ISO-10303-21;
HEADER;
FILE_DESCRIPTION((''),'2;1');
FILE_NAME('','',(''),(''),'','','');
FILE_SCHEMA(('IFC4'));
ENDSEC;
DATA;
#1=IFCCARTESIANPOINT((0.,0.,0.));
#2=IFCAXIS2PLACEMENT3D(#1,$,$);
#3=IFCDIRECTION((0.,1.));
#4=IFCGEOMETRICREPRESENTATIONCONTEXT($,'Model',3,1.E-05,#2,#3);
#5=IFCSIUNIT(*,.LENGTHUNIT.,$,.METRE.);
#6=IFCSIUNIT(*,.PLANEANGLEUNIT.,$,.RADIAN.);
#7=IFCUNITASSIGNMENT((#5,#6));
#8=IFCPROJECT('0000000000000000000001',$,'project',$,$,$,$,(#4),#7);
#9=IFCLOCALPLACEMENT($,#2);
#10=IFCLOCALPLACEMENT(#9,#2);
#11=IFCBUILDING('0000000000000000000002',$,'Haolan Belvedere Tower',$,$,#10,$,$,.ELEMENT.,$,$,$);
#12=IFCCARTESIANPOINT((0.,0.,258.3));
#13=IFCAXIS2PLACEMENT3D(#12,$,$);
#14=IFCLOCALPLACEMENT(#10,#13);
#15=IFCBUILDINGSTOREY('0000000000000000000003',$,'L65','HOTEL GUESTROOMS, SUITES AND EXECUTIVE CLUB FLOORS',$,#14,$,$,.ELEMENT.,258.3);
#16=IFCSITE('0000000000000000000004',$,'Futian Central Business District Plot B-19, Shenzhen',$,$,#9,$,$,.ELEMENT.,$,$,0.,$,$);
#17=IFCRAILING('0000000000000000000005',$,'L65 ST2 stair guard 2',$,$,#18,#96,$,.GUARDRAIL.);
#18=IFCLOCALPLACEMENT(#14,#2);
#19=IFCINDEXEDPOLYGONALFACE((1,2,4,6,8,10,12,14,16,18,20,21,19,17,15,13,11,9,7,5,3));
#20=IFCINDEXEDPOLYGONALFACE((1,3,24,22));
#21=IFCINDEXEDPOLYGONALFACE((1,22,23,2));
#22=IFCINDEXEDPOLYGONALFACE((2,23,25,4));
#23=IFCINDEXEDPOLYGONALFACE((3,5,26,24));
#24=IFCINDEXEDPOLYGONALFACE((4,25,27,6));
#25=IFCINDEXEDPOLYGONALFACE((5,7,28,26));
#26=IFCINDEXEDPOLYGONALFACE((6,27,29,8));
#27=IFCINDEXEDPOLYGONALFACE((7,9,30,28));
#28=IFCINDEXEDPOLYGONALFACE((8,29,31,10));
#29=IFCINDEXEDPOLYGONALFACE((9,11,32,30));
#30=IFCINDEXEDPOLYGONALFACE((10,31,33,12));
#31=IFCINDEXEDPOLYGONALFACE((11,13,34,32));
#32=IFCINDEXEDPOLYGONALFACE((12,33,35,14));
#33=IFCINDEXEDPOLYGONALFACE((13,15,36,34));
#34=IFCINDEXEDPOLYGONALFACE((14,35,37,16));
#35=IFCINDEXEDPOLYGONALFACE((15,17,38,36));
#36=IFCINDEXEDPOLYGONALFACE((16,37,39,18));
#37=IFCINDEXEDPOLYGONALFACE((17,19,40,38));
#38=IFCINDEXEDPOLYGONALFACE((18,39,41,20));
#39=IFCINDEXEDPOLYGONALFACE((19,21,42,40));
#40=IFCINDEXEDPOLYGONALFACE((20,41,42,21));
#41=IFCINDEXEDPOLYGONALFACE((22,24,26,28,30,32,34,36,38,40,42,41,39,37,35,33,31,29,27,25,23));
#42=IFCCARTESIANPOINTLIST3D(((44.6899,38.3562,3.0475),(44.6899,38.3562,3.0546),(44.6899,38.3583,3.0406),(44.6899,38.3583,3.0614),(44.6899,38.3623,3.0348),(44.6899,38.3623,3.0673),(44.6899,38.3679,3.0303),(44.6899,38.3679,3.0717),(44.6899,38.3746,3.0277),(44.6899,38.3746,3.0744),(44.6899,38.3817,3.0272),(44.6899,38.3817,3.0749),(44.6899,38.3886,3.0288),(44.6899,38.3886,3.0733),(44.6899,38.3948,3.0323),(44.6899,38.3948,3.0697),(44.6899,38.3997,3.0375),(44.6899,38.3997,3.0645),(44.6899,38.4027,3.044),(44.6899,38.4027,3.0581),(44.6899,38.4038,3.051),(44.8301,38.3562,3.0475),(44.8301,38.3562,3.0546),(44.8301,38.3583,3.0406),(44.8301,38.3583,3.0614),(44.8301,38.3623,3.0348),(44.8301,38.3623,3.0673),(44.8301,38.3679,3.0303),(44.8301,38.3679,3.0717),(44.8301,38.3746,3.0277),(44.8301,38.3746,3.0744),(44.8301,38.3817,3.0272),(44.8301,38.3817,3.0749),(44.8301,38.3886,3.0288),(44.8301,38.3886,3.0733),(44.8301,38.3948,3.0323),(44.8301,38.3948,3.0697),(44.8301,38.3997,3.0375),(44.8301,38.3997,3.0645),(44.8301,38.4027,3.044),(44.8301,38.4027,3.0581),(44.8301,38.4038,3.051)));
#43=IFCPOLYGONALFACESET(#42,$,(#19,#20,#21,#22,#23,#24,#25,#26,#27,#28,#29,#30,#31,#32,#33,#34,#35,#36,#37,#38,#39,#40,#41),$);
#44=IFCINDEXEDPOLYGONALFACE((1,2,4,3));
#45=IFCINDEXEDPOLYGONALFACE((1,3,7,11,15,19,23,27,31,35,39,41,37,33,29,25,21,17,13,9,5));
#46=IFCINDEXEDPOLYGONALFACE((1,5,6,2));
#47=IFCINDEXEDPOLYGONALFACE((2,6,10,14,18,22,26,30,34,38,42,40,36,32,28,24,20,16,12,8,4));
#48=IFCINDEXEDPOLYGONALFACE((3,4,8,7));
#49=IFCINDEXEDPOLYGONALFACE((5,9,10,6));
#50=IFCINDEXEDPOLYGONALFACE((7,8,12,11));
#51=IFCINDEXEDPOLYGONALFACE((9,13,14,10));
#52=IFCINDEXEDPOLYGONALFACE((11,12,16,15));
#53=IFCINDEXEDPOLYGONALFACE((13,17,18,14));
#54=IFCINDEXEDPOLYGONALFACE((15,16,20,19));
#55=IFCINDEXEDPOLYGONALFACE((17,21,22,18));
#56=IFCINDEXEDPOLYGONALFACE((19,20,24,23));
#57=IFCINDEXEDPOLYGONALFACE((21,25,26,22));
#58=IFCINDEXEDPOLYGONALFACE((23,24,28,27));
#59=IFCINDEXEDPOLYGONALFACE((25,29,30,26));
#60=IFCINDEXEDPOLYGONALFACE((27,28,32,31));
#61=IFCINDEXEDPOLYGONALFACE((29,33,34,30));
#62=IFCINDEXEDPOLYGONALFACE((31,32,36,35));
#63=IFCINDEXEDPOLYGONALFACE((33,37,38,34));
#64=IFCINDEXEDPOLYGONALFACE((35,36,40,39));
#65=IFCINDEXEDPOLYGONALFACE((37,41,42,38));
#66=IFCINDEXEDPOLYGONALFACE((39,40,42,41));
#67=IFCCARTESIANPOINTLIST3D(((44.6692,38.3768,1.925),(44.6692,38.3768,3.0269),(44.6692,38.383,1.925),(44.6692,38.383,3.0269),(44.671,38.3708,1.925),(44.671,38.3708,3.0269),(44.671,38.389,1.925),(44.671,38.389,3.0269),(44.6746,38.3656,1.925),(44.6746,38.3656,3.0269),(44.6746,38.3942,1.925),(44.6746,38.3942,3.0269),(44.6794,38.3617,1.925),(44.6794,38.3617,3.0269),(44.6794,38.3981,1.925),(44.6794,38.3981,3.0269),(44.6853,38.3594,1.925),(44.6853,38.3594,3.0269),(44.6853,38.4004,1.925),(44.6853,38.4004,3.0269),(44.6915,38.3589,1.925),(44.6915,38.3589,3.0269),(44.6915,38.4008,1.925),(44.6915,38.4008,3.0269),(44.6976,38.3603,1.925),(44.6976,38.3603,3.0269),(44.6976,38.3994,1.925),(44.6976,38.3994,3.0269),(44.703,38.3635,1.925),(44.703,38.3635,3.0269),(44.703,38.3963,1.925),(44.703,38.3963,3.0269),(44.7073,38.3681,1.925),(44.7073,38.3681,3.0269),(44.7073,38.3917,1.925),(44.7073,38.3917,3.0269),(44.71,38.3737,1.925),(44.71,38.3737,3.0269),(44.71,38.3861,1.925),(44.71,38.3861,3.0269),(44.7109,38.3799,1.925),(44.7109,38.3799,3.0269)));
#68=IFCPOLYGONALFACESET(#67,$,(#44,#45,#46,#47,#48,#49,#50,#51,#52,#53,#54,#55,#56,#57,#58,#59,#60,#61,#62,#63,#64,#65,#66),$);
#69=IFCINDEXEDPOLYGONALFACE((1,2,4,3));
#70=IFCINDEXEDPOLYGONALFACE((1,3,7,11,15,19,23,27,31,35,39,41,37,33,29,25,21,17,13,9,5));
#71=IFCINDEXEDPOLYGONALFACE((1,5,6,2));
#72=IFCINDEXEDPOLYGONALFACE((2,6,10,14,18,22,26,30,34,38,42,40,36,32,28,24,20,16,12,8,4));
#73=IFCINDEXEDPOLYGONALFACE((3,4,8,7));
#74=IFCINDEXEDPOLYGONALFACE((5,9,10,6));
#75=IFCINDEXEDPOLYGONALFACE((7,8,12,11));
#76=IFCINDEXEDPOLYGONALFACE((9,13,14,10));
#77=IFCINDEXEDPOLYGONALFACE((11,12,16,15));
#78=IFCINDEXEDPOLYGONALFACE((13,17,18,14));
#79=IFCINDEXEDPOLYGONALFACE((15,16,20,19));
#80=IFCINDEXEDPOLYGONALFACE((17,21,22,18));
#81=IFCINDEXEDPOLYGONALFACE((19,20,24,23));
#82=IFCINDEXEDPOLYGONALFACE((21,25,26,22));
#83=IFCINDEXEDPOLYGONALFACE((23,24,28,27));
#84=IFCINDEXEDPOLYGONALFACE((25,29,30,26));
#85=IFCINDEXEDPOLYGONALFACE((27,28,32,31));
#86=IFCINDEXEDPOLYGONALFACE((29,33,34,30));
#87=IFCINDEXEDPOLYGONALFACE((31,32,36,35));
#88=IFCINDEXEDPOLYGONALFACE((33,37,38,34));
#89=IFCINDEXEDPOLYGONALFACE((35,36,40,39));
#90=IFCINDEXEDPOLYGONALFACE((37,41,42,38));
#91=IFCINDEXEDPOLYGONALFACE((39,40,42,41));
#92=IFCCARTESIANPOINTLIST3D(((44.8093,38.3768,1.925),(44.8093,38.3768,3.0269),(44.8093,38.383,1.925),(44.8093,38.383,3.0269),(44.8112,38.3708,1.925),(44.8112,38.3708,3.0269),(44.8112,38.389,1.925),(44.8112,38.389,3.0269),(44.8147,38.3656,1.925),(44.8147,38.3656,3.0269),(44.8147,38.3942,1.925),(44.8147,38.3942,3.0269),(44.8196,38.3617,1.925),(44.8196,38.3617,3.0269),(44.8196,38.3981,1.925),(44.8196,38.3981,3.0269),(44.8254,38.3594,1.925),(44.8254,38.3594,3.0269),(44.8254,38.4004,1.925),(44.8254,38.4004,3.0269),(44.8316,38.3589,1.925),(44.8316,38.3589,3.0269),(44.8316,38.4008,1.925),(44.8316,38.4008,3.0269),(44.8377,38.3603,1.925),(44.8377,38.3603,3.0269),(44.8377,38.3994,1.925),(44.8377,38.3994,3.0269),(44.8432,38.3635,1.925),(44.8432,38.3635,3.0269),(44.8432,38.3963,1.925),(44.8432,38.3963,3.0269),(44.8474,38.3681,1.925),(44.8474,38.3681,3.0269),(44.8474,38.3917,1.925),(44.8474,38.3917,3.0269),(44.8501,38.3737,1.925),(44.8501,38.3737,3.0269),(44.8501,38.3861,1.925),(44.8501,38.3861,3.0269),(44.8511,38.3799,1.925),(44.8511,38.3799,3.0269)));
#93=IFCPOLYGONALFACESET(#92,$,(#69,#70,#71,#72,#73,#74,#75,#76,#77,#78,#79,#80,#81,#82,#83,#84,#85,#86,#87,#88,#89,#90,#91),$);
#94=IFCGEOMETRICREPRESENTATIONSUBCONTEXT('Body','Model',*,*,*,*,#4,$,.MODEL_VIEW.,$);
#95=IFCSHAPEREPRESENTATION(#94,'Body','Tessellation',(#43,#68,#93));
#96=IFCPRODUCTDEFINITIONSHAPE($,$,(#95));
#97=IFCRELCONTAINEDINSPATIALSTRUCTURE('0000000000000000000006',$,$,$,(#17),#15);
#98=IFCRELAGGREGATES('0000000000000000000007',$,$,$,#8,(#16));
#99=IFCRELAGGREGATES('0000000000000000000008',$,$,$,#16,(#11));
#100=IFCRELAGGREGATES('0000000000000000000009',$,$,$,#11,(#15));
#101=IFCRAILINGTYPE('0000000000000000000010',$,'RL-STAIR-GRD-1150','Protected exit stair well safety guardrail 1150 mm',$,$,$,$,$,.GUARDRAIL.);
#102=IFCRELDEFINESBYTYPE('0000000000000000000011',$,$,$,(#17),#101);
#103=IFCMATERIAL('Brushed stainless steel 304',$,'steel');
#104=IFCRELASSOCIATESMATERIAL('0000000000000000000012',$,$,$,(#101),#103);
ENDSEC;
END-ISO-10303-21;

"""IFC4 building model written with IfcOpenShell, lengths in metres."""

from ifc_helpers import new_model, si_unit, direction, frame, origin, origin_2d, place, context, subcontext, project, spatial, circle, extrude, material, type_object, element, save


model = new_model("IFC4")

# Units and contexts
model_context = context("Model", 3, precision=1e-05, world=origin(), true_north=direction((0.0, 1.0)))
body_context = subcontext(model_context, "Body", "Model", "MODEL_VIEW")
ifc_project = project(units=[si_unit("LENGTHUNIT", "METRE"), si_unit("PLANEANGLEUNIT", "RADIAN")], contexts=[model_context])

# Site, building, storey
site_placement = place(None, origin())
site = spatial("IfcSite", under=ifc_project, at=site_placement, Name="Futian Central Business District Plot B-19, Shenzhen", CompositionType="ELEMENT", RefElevation=0.0)
building_placement = place(site_placement, origin())
building = spatial("IfcBuilding", under=site, at=building_placement, Name="Haolan Belvedere Tower", CompositionType="ELEMENT")
storey_placement = place(building_placement, frame((0.0, 0.0, 258.3)))
storey = spatial("IfcBuildingStorey", under=building, at=storey_placement, Name="L65", Description="HOTEL GUESTROOMS, SUITES AND EXECUTIVE CLUB FLOORS", CompositionType="ELEMENT", Elevation=258.3)

# Railing
ifc_material_1 = material(Name="Brushed stainless steel 304", Category="steel")
railing_type = type_object("IfcRailingType", Name="RL-STAIR-GRD-1150", Description="Protected exit stair well safety guardrail 1150 mm", PredefinedType="GUARDRAIL", material=ifc_material_1)
railing_placement = place(storey_placement, frame((44.6899, 38.3799, 1.925)))
element("IfcRailing", 1, at=railing_placement, inside=storey, type_object=railing_type, Name="L65 ST2 stair guard 2", PredefinedType="GUARDRAIL", context=body_context, shape_type="SweptSolid", body=[
    extrude(circle(Radius=0.0239, at=origin_2d()), frame((0.0, 0.0, 1.126), z_axis=(1.0, 0.0, 0.0), x_axis=(0.0, 1.0, 0.0)), (0.0, 0.0, 1.0), 0.1401),
    extrude(circle(Radius=0.021, at=origin_2d()), origin(), (0.0, 0.0, 1.0), 1.1018),
    extrude(circle(Radius=0.021, at=origin_2d()), frame((0.1401, 0.0, 0.0)), (0.0, 0.0, 1.0), 1.1018),
])

save(model, "model.ifc")
